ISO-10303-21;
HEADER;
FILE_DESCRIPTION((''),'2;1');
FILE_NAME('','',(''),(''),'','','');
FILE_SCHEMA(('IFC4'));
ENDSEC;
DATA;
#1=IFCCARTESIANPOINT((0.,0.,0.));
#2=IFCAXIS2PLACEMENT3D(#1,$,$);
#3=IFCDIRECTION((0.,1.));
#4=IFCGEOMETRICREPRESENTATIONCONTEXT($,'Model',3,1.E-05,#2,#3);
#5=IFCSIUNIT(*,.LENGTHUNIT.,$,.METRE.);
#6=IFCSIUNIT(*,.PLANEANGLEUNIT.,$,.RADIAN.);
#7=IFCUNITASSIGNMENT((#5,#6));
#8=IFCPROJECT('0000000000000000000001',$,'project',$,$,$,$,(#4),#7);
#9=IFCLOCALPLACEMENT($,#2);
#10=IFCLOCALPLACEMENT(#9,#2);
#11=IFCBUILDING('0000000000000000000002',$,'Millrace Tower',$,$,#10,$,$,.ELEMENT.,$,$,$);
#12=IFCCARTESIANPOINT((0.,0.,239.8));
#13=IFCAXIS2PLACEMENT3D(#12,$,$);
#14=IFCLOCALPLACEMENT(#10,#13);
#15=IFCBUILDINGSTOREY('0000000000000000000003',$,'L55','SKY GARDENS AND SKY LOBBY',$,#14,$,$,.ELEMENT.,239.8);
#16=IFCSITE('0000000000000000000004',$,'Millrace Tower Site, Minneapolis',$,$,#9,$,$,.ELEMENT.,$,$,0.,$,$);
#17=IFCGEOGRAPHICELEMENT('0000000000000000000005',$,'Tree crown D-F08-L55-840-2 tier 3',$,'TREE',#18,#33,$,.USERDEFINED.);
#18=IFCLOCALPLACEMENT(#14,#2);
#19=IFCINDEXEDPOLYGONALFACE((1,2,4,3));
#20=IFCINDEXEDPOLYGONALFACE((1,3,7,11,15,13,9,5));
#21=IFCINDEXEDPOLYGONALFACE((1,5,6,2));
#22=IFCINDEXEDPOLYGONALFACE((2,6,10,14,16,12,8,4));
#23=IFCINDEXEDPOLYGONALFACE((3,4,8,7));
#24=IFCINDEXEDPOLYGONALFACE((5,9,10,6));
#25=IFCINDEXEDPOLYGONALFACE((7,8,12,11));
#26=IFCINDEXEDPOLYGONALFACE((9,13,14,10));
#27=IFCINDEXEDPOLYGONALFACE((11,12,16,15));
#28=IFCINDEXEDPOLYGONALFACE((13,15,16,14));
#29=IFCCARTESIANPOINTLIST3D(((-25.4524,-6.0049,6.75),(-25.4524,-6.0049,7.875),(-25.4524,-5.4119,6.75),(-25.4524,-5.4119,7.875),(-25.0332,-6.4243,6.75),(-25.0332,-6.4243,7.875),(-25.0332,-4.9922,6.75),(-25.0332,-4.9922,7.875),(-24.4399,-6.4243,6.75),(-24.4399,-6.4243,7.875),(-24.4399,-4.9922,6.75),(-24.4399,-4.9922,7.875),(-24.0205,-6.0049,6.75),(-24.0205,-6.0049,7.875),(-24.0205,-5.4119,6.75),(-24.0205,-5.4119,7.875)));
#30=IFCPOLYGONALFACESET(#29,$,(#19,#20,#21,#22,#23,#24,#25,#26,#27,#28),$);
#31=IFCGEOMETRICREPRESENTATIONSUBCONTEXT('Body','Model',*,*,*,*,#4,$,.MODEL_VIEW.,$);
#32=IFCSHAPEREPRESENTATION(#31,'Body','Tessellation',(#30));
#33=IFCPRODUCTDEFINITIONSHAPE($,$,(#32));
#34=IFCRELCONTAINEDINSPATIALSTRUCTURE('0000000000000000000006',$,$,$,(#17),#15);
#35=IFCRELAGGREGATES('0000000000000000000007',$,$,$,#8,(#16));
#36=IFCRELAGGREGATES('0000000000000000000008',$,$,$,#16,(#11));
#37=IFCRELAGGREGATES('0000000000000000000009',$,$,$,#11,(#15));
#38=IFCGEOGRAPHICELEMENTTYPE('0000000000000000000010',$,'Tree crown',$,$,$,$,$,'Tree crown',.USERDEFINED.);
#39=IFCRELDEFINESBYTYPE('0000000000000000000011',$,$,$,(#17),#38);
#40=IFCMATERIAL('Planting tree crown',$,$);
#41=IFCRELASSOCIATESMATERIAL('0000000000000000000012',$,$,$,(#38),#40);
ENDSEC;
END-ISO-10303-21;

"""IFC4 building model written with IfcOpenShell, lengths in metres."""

from ifc_helpers import new_model, si_unit, direction, frame, origin, place, context, subcontext, project, spatial, polyline, outline, extrude, material, type_object, element, save


model = new_model("IFC4")

# Units and contexts
model_context = context("Model", 3, precision=1e-05, world=origin(), true_north=direction((0.0, 1.0)))
body_context = subcontext(model_context, "Body", "Model", "MODEL_VIEW")
ifc_project = project(units=[si_unit("LENGTHUNIT", "METRE"), si_unit("PLANEANGLEUNIT", "RADIAN")], contexts=[model_context])

# Site, building, storey
site_placement = place(None, origin())
site = spatial("IfcSite", under=ifc_project, at=site_placement, Name="Millrace Tower Site, Minneapolis", CompositionType="ELEMENT", RefElevation=0.0)
building_placement = place(site_placement, origin())
building = spatial("IfcBuilding", under=site, at=building_placement, Name="Millrace Tower", CompositionType="ELEMENT")
storey_placement = place(building_placement, frame((0.0, 0.0, 239.8)))
storey = spatial("IfcBuildingStorey", under=building, at=storey_placement, Name="L55", Description="SKY GARDENS AND SKY LOBBY", CompositionType="ELEMENT", Elevation=239.8)

# Geographic element
ifc_material_1 = material(Name="Planting tree crown")
geographic_element_type = type_object("IfcGeographicElementType", Name="Tree crown", ElementType="Tree crown", PredefinedType="USERDEFINED", material=ifc_material_1)
placement_1 = place(storey_placement, frame((0.0, 0.0, 6.75)))
element("IfcGeographicElement", 1, at=placement_1, inside=storey, type_object=geographic_element_type, Name="Tree crown D-F08-L55-840-2 tier 3", ObjectType="TREE", PredefinedType="USERDEFINED", context=body_context, shape_type="SweptSolid", body=[
    extrude(outline(polyline([(-24.0205, -5.4119), (-24.4399, -4.9922), (-25.0332, -4.9922), (-25.4524, -5.4119), (-25.4524, -6.0049), (-25.0332, -6.4243), (-24.4399, -6.4243), (-24.0205, -6.0049), (-24.0205, -5.4119)])), origin(), (0.0, 0.0, 1.0), 1.125),
])

save(model, "model.ifc")
